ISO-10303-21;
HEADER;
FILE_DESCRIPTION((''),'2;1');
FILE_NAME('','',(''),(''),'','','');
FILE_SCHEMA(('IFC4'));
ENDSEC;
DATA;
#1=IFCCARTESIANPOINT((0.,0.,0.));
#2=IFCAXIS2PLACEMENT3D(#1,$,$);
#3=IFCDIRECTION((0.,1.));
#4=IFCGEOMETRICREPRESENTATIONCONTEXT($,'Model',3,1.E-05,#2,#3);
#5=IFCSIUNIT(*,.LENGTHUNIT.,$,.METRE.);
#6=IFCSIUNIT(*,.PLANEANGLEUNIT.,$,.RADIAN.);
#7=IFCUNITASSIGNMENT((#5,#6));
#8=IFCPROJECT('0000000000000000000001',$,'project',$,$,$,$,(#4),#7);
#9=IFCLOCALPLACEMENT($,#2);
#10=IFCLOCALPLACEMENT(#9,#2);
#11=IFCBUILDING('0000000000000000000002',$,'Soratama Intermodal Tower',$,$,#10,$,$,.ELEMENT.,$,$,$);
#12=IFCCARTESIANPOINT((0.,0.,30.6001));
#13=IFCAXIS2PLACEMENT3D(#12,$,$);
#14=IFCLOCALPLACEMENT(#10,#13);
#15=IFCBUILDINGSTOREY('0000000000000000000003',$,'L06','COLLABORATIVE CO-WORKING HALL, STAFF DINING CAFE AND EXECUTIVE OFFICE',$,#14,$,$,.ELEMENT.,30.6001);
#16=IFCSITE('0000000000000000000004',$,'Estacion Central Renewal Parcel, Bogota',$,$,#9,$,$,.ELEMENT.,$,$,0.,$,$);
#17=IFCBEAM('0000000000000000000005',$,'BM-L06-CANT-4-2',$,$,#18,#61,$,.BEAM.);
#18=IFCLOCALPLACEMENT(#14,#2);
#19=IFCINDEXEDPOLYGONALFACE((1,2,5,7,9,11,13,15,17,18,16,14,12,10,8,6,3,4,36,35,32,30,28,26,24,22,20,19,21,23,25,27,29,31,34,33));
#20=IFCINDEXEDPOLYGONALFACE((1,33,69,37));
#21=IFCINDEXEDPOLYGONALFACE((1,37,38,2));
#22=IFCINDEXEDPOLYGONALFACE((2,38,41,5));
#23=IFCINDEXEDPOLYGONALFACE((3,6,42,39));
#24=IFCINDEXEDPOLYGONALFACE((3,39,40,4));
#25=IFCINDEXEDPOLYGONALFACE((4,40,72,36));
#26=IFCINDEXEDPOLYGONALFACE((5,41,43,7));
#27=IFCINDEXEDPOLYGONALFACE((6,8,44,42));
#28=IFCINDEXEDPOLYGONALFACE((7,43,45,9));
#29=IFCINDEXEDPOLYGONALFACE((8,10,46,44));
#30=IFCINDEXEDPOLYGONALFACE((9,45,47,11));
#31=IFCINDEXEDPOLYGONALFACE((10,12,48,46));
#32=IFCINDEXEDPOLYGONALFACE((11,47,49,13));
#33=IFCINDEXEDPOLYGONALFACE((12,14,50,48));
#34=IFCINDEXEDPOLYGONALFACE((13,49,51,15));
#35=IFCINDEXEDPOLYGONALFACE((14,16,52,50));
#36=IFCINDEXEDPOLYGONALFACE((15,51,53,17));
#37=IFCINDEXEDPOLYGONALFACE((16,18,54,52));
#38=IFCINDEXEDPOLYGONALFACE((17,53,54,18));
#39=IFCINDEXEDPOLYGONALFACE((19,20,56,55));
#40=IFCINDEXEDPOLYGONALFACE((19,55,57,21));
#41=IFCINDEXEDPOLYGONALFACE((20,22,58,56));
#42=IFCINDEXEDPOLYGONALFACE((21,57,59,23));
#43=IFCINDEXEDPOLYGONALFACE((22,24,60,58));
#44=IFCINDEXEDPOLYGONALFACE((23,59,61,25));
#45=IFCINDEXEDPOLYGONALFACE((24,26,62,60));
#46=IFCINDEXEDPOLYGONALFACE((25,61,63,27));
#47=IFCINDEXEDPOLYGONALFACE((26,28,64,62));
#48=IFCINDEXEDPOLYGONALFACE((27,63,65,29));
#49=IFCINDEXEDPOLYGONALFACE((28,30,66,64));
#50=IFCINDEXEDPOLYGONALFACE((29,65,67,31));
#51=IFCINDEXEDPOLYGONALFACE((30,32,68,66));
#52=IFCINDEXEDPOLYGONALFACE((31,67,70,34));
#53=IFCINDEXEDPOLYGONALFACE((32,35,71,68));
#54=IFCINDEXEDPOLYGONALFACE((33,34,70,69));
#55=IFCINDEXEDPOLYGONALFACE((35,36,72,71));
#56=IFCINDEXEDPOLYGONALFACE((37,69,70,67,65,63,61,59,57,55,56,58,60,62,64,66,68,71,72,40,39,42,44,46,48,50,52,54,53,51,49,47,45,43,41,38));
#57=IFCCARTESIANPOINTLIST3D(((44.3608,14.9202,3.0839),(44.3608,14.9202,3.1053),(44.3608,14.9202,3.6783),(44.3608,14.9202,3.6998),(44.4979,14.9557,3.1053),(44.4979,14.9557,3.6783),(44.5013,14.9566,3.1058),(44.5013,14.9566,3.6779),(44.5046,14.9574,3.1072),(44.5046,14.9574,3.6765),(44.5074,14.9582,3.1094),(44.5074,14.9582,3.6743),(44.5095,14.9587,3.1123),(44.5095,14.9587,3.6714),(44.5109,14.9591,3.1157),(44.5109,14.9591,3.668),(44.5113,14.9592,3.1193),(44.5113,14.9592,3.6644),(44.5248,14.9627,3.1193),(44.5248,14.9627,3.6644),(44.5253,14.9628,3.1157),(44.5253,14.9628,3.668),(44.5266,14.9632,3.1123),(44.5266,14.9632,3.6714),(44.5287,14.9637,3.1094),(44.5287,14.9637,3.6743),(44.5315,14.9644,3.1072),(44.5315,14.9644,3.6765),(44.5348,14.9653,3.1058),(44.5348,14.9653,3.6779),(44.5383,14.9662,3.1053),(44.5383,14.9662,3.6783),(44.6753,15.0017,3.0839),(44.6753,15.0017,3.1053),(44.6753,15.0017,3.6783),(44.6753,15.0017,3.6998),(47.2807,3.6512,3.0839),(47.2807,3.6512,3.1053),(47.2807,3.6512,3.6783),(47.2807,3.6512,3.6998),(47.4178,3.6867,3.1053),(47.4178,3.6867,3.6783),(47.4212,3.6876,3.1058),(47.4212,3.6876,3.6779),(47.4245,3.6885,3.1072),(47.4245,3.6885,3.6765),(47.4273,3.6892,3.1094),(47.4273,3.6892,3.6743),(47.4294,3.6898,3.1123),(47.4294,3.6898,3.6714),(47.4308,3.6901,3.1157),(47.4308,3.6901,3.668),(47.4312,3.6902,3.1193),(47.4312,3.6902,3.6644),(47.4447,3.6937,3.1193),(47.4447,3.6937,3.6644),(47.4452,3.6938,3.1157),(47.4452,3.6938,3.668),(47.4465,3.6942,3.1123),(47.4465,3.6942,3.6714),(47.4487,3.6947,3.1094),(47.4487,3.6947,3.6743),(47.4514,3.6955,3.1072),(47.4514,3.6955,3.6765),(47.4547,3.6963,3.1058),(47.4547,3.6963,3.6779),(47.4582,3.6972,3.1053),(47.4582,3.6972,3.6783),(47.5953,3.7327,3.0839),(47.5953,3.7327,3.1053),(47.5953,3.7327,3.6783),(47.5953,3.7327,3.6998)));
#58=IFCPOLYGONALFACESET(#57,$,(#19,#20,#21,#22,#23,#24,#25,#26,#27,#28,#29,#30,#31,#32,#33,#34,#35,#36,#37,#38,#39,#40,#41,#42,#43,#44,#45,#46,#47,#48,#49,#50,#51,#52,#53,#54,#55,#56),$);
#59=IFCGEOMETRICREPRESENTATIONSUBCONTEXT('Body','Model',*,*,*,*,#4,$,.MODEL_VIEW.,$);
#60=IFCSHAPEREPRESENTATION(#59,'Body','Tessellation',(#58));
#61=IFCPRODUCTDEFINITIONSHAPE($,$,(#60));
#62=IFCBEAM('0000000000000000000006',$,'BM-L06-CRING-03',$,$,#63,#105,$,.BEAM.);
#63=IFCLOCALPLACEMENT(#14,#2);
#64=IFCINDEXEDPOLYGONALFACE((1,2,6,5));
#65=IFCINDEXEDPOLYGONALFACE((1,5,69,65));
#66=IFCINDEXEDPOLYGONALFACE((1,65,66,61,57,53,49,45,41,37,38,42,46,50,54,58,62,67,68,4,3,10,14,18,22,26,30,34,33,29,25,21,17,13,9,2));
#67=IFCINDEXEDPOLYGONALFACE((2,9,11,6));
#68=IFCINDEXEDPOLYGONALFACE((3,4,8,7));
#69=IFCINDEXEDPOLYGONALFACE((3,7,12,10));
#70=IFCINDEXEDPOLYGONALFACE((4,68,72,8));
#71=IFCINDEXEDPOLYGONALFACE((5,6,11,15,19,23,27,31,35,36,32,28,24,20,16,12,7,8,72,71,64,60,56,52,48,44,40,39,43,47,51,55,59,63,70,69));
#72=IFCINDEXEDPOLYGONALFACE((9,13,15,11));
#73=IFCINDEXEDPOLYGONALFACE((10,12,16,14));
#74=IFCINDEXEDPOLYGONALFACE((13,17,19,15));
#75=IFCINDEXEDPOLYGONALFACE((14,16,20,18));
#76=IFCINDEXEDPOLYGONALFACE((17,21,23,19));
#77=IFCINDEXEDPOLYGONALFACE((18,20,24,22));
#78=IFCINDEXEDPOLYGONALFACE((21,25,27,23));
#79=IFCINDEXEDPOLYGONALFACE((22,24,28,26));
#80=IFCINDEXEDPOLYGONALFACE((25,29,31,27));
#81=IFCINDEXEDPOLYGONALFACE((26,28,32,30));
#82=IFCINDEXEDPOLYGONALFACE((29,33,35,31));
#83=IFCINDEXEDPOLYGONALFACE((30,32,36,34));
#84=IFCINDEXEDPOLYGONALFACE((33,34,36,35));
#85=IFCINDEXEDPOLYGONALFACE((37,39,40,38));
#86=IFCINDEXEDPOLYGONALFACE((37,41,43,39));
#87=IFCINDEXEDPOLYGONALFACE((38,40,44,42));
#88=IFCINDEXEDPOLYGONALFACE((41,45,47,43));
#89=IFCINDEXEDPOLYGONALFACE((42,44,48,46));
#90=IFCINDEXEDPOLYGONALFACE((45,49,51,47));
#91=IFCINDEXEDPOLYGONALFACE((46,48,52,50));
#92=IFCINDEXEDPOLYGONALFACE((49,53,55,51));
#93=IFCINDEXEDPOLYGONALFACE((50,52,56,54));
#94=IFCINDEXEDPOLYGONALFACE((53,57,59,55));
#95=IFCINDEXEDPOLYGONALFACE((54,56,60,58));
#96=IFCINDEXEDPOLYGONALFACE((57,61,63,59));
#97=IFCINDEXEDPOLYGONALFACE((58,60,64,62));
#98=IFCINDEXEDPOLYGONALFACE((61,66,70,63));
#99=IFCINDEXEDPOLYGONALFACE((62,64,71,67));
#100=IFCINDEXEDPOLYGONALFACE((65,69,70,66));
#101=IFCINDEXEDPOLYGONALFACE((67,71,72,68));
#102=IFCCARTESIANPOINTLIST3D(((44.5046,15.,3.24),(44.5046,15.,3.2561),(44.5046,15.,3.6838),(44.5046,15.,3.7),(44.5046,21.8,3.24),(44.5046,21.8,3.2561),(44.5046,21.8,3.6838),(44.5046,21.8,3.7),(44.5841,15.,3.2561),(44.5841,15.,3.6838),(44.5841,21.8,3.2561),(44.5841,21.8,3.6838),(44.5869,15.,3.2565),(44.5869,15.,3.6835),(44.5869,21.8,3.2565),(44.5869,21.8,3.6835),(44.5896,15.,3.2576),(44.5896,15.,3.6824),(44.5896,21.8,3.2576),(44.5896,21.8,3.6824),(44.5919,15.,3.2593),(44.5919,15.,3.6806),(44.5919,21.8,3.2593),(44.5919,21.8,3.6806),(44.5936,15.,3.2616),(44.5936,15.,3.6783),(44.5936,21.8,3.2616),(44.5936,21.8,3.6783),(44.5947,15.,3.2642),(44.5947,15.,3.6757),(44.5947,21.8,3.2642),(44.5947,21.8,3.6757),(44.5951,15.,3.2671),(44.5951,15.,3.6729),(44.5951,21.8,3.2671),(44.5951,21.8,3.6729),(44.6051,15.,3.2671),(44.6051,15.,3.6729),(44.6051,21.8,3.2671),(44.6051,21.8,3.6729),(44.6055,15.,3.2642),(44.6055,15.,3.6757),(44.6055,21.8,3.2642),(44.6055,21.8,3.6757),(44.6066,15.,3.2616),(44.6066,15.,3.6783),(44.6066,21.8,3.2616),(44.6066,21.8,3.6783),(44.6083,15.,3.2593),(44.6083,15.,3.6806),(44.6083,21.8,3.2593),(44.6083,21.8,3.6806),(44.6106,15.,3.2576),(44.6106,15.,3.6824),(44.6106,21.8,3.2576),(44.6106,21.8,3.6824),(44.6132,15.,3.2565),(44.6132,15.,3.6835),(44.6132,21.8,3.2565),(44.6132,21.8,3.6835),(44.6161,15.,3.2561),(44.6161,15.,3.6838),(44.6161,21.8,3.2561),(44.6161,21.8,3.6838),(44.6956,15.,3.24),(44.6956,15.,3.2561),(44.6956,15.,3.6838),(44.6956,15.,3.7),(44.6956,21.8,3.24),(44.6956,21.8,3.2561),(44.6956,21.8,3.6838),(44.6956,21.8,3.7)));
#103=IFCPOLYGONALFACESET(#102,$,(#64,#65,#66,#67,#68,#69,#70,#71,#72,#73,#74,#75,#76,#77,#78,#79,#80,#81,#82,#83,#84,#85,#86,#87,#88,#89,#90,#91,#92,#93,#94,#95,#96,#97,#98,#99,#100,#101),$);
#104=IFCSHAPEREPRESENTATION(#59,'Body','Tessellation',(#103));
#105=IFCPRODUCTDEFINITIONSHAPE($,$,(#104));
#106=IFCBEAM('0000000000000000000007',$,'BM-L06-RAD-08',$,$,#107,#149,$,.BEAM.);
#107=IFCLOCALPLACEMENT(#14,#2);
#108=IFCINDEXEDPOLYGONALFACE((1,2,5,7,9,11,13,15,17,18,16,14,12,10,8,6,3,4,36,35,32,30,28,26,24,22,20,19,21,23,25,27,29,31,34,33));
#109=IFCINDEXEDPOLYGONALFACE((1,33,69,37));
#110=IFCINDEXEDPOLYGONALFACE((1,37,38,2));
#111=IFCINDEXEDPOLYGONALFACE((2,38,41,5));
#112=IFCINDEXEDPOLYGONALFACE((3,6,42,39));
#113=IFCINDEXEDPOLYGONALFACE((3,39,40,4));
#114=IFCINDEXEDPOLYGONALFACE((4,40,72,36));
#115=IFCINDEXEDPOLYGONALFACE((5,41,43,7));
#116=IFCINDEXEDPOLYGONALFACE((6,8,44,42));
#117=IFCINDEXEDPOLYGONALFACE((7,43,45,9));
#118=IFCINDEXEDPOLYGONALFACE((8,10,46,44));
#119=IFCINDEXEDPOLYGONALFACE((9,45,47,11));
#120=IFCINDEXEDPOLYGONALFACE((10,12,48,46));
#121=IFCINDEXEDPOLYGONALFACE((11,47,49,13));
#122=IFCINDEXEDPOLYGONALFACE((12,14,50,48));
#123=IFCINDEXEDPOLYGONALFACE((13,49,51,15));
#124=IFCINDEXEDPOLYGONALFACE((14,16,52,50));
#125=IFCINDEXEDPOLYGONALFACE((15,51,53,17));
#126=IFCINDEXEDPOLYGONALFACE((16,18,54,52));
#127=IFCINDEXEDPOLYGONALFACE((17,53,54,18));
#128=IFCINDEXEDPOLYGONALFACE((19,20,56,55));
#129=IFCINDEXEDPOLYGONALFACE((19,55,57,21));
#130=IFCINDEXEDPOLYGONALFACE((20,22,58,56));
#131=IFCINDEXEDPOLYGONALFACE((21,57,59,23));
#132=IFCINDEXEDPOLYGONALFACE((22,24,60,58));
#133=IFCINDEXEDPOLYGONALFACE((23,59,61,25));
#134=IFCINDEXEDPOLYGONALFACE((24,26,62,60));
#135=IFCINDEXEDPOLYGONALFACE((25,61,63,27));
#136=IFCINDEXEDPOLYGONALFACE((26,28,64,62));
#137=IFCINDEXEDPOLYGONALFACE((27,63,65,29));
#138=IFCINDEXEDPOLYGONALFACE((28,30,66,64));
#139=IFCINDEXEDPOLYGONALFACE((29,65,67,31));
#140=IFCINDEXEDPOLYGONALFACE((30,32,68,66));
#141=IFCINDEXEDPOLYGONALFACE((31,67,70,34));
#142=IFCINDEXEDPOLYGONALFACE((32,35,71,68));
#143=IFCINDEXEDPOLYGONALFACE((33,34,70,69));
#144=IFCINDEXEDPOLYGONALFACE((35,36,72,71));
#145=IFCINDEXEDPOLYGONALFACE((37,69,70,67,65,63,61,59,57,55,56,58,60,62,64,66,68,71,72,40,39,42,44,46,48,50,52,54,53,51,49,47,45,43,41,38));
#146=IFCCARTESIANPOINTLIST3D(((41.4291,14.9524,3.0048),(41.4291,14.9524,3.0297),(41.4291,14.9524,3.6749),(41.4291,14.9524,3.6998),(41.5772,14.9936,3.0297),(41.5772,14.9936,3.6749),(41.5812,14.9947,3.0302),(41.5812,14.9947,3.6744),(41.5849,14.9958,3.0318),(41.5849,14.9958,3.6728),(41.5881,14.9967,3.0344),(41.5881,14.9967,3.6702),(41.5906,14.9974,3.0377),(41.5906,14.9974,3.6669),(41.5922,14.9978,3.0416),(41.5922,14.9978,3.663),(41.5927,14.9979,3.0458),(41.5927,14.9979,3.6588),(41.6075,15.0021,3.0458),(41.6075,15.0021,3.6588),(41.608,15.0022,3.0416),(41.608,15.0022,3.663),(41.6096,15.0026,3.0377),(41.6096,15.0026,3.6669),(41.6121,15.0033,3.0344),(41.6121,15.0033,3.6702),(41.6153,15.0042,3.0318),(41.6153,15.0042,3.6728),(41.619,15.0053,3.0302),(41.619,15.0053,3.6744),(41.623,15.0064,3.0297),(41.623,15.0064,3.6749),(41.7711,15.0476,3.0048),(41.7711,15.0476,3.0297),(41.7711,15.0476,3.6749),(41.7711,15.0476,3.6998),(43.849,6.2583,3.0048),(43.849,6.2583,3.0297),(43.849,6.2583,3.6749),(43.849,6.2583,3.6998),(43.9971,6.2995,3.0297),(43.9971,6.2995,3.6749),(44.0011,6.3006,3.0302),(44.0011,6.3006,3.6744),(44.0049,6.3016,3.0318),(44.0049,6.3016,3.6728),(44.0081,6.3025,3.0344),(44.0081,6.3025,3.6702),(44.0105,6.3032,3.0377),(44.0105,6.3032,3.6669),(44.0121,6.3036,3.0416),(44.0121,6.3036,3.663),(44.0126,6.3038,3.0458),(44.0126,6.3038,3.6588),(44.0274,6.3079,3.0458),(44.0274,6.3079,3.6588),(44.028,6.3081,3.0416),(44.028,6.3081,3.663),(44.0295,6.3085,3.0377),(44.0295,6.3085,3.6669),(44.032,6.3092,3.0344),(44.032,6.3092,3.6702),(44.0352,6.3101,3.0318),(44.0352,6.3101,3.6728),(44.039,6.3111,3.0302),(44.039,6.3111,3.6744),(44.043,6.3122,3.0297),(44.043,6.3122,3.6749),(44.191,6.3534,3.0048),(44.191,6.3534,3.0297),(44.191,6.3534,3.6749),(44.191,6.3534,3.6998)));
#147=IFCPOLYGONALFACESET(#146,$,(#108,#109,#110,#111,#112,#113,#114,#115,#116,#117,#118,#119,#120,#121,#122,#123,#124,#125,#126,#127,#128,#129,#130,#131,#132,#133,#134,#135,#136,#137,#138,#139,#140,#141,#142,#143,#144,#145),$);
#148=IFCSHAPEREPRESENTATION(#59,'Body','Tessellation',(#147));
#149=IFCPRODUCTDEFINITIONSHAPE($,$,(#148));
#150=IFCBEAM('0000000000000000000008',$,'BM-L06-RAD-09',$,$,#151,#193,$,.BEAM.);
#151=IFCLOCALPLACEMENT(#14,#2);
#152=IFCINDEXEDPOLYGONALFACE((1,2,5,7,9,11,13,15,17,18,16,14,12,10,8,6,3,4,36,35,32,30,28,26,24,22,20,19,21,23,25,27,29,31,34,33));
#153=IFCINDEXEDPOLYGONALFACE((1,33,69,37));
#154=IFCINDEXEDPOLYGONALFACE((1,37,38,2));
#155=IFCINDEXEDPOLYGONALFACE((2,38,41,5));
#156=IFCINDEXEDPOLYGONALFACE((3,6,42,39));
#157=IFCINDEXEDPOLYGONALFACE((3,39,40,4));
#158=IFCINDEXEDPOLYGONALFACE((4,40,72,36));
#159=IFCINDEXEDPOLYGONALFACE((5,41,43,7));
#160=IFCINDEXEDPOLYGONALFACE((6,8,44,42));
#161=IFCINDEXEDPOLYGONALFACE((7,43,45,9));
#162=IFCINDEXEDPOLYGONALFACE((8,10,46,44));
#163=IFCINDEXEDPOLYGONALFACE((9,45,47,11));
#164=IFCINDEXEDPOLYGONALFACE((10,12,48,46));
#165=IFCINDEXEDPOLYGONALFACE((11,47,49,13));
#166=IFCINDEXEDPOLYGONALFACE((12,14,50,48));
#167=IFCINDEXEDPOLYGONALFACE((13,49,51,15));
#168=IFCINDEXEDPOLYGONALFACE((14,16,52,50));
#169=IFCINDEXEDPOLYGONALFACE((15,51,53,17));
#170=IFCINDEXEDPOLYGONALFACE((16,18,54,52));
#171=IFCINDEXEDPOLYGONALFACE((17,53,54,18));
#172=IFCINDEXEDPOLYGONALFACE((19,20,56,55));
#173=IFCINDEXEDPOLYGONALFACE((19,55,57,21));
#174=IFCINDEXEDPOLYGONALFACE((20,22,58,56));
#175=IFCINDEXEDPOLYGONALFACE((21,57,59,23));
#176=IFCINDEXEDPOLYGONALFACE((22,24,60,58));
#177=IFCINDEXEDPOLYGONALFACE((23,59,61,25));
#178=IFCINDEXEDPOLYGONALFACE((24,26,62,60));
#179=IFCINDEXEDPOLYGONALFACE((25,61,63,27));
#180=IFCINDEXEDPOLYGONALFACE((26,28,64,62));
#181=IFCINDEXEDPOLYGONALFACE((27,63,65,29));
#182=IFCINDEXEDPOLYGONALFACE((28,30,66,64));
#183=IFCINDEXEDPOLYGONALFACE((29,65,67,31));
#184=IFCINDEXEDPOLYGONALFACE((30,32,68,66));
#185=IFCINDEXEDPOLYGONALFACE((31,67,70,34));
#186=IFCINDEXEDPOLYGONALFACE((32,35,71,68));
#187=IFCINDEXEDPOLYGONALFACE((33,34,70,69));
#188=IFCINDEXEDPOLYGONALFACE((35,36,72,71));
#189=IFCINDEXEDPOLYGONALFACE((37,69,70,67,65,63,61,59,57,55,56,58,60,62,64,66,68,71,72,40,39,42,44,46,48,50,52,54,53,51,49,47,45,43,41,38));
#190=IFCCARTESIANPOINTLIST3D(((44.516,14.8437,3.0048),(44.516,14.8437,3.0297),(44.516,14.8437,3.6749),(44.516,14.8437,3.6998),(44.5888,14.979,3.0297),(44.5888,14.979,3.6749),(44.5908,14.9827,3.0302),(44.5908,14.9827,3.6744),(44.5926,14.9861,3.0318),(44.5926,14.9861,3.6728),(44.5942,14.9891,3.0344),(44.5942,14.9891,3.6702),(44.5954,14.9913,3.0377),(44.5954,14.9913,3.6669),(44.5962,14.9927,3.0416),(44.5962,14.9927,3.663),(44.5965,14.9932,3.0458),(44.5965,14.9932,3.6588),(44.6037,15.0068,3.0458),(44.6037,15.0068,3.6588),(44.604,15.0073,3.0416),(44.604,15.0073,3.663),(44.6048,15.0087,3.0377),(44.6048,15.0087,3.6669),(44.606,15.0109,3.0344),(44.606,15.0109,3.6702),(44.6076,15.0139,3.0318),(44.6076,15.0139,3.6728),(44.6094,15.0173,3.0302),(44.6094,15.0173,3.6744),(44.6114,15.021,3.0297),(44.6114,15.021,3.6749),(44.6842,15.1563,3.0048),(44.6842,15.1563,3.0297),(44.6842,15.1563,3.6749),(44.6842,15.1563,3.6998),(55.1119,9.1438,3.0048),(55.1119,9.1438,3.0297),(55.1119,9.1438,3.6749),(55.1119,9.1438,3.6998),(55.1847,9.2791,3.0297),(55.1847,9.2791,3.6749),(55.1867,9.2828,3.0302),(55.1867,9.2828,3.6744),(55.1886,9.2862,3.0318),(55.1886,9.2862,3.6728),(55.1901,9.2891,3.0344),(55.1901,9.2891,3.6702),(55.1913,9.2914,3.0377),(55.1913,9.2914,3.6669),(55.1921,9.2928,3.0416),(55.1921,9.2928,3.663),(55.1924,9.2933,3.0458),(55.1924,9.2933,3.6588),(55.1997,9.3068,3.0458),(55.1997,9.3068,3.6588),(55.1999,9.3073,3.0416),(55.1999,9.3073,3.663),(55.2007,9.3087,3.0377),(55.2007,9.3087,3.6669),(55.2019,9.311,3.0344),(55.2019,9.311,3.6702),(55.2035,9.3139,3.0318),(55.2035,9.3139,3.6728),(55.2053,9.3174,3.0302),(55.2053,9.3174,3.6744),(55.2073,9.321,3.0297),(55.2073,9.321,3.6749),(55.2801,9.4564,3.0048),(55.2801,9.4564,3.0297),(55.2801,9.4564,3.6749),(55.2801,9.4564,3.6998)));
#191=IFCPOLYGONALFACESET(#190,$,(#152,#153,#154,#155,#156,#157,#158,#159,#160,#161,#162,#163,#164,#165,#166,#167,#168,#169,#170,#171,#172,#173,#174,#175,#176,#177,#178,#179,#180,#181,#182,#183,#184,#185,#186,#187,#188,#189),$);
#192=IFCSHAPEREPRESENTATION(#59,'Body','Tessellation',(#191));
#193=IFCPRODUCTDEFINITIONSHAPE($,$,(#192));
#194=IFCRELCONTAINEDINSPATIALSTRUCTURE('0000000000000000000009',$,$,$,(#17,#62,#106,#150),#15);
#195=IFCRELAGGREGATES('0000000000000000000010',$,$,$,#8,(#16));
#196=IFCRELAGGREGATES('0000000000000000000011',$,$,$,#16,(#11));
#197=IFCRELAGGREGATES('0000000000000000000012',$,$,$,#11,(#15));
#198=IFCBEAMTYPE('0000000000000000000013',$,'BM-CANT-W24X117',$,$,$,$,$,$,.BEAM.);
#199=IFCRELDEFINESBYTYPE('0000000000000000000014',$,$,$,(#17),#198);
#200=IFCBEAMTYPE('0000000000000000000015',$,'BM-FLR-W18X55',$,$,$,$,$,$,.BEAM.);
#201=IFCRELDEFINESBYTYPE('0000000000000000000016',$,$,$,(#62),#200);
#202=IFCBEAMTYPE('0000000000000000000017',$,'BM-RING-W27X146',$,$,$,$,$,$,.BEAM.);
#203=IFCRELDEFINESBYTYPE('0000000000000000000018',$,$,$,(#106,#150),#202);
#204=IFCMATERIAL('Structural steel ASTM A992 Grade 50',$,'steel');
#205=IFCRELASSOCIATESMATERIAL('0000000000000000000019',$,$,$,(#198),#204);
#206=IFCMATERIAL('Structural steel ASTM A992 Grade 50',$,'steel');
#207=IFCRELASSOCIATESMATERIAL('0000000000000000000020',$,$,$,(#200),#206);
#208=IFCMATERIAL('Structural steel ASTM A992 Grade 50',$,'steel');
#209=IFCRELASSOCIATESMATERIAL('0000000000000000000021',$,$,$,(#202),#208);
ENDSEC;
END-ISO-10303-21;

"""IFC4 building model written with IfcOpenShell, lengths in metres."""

from ifc_helpers import new_model, si_unit, direction, frame, origin, origin_2d, place, context, subcontext, project, spatial, i_section, extrude, material, material_profile, profile_set, type_object, element, save


model = new_model("IFC4")

# Units and contexts
model_context = context("Model", 3, precision=1e-05, world=origin(), true_north=direction((0.0, 1.0)))
body_context = subcontext(model_context, "Body", "Model", "MODEL_VIEW")
ifc_project = project(units=[si_unit("LENGTHUNIT", "METRE"), si_unit("PLANEANGLEUNIT", "RADIAN")], contexts=[model_context])

# Site, building, storey
site_placement = place(None, origin())
site = spatial("IfcSite", under=ifc_project, at=site_placement, Name="Estacion Central Renewal Parcel, Bogota", CompositionType="ELEMENT", RefElevation=0.0)
building_placement = place(site_placement, origin())
building = spatial("IfcBuilding", under=site, at=building_placement, Name="Soratama Intermodal Tower", CompositionType="ELEMENT")
storey_placement = place(building_placement, frame((0.0, 0.0, 30.6001)))
storey = spatial("IfcBuildingStorey", under=building, at=storey_placement, Name="L06", Description="COLLABORATIVE CO-WORKING HALL, STAFF DINING CAFE AND EXECUTIVE OFFICE", CompositionType="ELEMENT", Elevation=30.6001)

# Beams
ifc_material_1 = material(Name="Structural steel ASTM A992 Grade 50", Category="steel")
ifc_material_profile_1 = material_profile(ifc_material_1, i_section(OverallWidth=0.325, OverallDepth=0.616, WebThickness=0.0139, FlangeThickness=0.0215, FilletRadius=0.0139, at=origin_2d()), Name="W24X117")
ifc_profile_set_1 = profile_set([ifc_material_profile_1], Name="Structural steel ASTM A992 Grade 50")
beam_type_1 = type_object("IfcBeamType", Name="BM-CANT-W24X117", PredefinedType="BEAM", material=ifc_profile_set_1)
beam_1_placement = place(storey_placement, frame((44.5181, 14.9609, 3.3918), z_axis=(0.250827, -0.968032, 0.0), x_axis=(0.968032, 0.250827, 0.0)))
element("IfcBeam", 1, at=beam_1_placement, inside=storey, type_object=beam_type_1, Name="BM-L06-CANT-4-2", PredefinedType="BEAM", context=body_context, shape_type="SweptSolid", body=[
    extrude(i_section(OverallWidth=0.325, OverallDepth=0.616, WebThickness=0.0139, FlangeThickness=0.0215, FilletRadius=0.0139, at=origin_2d()), origin(), (0.0, 0.0, 1.0), 11.6411),
])
ifc_material_2 = material(Name="Structural steel ASTM A992 Grade 50", Category="steel")
ifc_material_profile_2 = material_profile(ifc_material_2, i_section(OverallWidth=0.1909, OverallDepth=0.46, WebThickness=0.01, FlangeThickness=0.0161, FilletRadius=0.011, at=origin_2d()), Name="W18X55")
ifc_profile_set_2 = profile_set([ifc_material_profile_2], Name="Structural steel ASTM A992 Grade 50")
beam_type_2 = type_object("IfcBeamType", Name="BM-FLR-W18X55", PredefinedType="BEAM", material=ifc_profile_set_2)
beam_2_placement = place(storey_placement, frame((44.6001, 15.0, 3.47), z_axis=(0.0, 1.0, 0.0), x_axis=(-1.0, 0.0, 0.0)))
element("IfcBeam", 2, at=beam_2_placement, inside=storey, type_object=beam_type_2, Name="BM-L06-CRING-03", PredefinedType="BEAM", context=body_context, shape_type="SweptSolid", body=[
    extrude(i_section(OverallWidth=0.1909, OverallDepth=0.46, WebThickness=0.01, FlangeThickness=0.0161, FilletRadius=0.011, at=origin_2d()), origin(), (0.0, 0.0, 1.0), 6.8),
])
ifc_material_3 = material(Name="Structural steel ASTM A992 Grade 50", Category="steel")
ifc_material_profile_3 = material_profile(ifc_material_3, i_section(OverallWidth=0.355, OverallDepth=0.6951, WebThickness=0.0154, FlangeThickness=0.0249, FilletRadius=0.0161, at=origin_2d()), Name="W27X146")
ifc_profile_set_3 = profile_set([ifc_material_profile_3], Name="Structural steel ASTM A992 Grade 50")
beam_type_3 = type_object("IfcBeamType", Name="BM-RING-W27X146", PredefinedType="BEAM", material=ifc_profile_set_3)
beam_3_placement = place(storey_placement, frame((41.6001, 15.0, 3.3523), z_axis=(0.268148, -0.963378, 0.0), x_axis=(0.963378, 0.268148, 0.0)))
element("IfcBeam", 3, at=beam_3_placement, inside=storey, type_object=beam_type_3, Name="BM-L06-RAD-08", PredefinedType="BEAM", context=body_context, shape_type="SweptSolid", body=[
    extrude(i_section(OverallWidth=0.355, OverallDepth=0.6951, WebThickness=0.0154, FlangeThickness=0.0249, FilletRadius=0.0161, at=origin_2d()), origin(), (0.0, 0.0, 1.0), 9.0247),
])
beam_4_placement = place(storey_placement, frame((44.6001, 15.0, 3.3523), z_axis=(0.880664, -0.473742, 0.0), x_axis=(0.473742, 0.880664, 0.0)))
element("IfcBeam", 4, at=beam_4_placement, inside=storey, type_object=beam_type_3, Name="BM-L06-RAD-09", PredefinedType="BEAM", context=body_context, shape_type="SweptSolid", body=[
    extrude(i_section(OverallWidth=0.355, OverallDepth=0.6951, WebThickness=0.0154, FlangeThickness=0.0249, FilletRadius=0.0161, at=origin_2d()), origin(), (0.0, 0.0, 1.0), 12.0317),
])

save(model, "model.ifc")
